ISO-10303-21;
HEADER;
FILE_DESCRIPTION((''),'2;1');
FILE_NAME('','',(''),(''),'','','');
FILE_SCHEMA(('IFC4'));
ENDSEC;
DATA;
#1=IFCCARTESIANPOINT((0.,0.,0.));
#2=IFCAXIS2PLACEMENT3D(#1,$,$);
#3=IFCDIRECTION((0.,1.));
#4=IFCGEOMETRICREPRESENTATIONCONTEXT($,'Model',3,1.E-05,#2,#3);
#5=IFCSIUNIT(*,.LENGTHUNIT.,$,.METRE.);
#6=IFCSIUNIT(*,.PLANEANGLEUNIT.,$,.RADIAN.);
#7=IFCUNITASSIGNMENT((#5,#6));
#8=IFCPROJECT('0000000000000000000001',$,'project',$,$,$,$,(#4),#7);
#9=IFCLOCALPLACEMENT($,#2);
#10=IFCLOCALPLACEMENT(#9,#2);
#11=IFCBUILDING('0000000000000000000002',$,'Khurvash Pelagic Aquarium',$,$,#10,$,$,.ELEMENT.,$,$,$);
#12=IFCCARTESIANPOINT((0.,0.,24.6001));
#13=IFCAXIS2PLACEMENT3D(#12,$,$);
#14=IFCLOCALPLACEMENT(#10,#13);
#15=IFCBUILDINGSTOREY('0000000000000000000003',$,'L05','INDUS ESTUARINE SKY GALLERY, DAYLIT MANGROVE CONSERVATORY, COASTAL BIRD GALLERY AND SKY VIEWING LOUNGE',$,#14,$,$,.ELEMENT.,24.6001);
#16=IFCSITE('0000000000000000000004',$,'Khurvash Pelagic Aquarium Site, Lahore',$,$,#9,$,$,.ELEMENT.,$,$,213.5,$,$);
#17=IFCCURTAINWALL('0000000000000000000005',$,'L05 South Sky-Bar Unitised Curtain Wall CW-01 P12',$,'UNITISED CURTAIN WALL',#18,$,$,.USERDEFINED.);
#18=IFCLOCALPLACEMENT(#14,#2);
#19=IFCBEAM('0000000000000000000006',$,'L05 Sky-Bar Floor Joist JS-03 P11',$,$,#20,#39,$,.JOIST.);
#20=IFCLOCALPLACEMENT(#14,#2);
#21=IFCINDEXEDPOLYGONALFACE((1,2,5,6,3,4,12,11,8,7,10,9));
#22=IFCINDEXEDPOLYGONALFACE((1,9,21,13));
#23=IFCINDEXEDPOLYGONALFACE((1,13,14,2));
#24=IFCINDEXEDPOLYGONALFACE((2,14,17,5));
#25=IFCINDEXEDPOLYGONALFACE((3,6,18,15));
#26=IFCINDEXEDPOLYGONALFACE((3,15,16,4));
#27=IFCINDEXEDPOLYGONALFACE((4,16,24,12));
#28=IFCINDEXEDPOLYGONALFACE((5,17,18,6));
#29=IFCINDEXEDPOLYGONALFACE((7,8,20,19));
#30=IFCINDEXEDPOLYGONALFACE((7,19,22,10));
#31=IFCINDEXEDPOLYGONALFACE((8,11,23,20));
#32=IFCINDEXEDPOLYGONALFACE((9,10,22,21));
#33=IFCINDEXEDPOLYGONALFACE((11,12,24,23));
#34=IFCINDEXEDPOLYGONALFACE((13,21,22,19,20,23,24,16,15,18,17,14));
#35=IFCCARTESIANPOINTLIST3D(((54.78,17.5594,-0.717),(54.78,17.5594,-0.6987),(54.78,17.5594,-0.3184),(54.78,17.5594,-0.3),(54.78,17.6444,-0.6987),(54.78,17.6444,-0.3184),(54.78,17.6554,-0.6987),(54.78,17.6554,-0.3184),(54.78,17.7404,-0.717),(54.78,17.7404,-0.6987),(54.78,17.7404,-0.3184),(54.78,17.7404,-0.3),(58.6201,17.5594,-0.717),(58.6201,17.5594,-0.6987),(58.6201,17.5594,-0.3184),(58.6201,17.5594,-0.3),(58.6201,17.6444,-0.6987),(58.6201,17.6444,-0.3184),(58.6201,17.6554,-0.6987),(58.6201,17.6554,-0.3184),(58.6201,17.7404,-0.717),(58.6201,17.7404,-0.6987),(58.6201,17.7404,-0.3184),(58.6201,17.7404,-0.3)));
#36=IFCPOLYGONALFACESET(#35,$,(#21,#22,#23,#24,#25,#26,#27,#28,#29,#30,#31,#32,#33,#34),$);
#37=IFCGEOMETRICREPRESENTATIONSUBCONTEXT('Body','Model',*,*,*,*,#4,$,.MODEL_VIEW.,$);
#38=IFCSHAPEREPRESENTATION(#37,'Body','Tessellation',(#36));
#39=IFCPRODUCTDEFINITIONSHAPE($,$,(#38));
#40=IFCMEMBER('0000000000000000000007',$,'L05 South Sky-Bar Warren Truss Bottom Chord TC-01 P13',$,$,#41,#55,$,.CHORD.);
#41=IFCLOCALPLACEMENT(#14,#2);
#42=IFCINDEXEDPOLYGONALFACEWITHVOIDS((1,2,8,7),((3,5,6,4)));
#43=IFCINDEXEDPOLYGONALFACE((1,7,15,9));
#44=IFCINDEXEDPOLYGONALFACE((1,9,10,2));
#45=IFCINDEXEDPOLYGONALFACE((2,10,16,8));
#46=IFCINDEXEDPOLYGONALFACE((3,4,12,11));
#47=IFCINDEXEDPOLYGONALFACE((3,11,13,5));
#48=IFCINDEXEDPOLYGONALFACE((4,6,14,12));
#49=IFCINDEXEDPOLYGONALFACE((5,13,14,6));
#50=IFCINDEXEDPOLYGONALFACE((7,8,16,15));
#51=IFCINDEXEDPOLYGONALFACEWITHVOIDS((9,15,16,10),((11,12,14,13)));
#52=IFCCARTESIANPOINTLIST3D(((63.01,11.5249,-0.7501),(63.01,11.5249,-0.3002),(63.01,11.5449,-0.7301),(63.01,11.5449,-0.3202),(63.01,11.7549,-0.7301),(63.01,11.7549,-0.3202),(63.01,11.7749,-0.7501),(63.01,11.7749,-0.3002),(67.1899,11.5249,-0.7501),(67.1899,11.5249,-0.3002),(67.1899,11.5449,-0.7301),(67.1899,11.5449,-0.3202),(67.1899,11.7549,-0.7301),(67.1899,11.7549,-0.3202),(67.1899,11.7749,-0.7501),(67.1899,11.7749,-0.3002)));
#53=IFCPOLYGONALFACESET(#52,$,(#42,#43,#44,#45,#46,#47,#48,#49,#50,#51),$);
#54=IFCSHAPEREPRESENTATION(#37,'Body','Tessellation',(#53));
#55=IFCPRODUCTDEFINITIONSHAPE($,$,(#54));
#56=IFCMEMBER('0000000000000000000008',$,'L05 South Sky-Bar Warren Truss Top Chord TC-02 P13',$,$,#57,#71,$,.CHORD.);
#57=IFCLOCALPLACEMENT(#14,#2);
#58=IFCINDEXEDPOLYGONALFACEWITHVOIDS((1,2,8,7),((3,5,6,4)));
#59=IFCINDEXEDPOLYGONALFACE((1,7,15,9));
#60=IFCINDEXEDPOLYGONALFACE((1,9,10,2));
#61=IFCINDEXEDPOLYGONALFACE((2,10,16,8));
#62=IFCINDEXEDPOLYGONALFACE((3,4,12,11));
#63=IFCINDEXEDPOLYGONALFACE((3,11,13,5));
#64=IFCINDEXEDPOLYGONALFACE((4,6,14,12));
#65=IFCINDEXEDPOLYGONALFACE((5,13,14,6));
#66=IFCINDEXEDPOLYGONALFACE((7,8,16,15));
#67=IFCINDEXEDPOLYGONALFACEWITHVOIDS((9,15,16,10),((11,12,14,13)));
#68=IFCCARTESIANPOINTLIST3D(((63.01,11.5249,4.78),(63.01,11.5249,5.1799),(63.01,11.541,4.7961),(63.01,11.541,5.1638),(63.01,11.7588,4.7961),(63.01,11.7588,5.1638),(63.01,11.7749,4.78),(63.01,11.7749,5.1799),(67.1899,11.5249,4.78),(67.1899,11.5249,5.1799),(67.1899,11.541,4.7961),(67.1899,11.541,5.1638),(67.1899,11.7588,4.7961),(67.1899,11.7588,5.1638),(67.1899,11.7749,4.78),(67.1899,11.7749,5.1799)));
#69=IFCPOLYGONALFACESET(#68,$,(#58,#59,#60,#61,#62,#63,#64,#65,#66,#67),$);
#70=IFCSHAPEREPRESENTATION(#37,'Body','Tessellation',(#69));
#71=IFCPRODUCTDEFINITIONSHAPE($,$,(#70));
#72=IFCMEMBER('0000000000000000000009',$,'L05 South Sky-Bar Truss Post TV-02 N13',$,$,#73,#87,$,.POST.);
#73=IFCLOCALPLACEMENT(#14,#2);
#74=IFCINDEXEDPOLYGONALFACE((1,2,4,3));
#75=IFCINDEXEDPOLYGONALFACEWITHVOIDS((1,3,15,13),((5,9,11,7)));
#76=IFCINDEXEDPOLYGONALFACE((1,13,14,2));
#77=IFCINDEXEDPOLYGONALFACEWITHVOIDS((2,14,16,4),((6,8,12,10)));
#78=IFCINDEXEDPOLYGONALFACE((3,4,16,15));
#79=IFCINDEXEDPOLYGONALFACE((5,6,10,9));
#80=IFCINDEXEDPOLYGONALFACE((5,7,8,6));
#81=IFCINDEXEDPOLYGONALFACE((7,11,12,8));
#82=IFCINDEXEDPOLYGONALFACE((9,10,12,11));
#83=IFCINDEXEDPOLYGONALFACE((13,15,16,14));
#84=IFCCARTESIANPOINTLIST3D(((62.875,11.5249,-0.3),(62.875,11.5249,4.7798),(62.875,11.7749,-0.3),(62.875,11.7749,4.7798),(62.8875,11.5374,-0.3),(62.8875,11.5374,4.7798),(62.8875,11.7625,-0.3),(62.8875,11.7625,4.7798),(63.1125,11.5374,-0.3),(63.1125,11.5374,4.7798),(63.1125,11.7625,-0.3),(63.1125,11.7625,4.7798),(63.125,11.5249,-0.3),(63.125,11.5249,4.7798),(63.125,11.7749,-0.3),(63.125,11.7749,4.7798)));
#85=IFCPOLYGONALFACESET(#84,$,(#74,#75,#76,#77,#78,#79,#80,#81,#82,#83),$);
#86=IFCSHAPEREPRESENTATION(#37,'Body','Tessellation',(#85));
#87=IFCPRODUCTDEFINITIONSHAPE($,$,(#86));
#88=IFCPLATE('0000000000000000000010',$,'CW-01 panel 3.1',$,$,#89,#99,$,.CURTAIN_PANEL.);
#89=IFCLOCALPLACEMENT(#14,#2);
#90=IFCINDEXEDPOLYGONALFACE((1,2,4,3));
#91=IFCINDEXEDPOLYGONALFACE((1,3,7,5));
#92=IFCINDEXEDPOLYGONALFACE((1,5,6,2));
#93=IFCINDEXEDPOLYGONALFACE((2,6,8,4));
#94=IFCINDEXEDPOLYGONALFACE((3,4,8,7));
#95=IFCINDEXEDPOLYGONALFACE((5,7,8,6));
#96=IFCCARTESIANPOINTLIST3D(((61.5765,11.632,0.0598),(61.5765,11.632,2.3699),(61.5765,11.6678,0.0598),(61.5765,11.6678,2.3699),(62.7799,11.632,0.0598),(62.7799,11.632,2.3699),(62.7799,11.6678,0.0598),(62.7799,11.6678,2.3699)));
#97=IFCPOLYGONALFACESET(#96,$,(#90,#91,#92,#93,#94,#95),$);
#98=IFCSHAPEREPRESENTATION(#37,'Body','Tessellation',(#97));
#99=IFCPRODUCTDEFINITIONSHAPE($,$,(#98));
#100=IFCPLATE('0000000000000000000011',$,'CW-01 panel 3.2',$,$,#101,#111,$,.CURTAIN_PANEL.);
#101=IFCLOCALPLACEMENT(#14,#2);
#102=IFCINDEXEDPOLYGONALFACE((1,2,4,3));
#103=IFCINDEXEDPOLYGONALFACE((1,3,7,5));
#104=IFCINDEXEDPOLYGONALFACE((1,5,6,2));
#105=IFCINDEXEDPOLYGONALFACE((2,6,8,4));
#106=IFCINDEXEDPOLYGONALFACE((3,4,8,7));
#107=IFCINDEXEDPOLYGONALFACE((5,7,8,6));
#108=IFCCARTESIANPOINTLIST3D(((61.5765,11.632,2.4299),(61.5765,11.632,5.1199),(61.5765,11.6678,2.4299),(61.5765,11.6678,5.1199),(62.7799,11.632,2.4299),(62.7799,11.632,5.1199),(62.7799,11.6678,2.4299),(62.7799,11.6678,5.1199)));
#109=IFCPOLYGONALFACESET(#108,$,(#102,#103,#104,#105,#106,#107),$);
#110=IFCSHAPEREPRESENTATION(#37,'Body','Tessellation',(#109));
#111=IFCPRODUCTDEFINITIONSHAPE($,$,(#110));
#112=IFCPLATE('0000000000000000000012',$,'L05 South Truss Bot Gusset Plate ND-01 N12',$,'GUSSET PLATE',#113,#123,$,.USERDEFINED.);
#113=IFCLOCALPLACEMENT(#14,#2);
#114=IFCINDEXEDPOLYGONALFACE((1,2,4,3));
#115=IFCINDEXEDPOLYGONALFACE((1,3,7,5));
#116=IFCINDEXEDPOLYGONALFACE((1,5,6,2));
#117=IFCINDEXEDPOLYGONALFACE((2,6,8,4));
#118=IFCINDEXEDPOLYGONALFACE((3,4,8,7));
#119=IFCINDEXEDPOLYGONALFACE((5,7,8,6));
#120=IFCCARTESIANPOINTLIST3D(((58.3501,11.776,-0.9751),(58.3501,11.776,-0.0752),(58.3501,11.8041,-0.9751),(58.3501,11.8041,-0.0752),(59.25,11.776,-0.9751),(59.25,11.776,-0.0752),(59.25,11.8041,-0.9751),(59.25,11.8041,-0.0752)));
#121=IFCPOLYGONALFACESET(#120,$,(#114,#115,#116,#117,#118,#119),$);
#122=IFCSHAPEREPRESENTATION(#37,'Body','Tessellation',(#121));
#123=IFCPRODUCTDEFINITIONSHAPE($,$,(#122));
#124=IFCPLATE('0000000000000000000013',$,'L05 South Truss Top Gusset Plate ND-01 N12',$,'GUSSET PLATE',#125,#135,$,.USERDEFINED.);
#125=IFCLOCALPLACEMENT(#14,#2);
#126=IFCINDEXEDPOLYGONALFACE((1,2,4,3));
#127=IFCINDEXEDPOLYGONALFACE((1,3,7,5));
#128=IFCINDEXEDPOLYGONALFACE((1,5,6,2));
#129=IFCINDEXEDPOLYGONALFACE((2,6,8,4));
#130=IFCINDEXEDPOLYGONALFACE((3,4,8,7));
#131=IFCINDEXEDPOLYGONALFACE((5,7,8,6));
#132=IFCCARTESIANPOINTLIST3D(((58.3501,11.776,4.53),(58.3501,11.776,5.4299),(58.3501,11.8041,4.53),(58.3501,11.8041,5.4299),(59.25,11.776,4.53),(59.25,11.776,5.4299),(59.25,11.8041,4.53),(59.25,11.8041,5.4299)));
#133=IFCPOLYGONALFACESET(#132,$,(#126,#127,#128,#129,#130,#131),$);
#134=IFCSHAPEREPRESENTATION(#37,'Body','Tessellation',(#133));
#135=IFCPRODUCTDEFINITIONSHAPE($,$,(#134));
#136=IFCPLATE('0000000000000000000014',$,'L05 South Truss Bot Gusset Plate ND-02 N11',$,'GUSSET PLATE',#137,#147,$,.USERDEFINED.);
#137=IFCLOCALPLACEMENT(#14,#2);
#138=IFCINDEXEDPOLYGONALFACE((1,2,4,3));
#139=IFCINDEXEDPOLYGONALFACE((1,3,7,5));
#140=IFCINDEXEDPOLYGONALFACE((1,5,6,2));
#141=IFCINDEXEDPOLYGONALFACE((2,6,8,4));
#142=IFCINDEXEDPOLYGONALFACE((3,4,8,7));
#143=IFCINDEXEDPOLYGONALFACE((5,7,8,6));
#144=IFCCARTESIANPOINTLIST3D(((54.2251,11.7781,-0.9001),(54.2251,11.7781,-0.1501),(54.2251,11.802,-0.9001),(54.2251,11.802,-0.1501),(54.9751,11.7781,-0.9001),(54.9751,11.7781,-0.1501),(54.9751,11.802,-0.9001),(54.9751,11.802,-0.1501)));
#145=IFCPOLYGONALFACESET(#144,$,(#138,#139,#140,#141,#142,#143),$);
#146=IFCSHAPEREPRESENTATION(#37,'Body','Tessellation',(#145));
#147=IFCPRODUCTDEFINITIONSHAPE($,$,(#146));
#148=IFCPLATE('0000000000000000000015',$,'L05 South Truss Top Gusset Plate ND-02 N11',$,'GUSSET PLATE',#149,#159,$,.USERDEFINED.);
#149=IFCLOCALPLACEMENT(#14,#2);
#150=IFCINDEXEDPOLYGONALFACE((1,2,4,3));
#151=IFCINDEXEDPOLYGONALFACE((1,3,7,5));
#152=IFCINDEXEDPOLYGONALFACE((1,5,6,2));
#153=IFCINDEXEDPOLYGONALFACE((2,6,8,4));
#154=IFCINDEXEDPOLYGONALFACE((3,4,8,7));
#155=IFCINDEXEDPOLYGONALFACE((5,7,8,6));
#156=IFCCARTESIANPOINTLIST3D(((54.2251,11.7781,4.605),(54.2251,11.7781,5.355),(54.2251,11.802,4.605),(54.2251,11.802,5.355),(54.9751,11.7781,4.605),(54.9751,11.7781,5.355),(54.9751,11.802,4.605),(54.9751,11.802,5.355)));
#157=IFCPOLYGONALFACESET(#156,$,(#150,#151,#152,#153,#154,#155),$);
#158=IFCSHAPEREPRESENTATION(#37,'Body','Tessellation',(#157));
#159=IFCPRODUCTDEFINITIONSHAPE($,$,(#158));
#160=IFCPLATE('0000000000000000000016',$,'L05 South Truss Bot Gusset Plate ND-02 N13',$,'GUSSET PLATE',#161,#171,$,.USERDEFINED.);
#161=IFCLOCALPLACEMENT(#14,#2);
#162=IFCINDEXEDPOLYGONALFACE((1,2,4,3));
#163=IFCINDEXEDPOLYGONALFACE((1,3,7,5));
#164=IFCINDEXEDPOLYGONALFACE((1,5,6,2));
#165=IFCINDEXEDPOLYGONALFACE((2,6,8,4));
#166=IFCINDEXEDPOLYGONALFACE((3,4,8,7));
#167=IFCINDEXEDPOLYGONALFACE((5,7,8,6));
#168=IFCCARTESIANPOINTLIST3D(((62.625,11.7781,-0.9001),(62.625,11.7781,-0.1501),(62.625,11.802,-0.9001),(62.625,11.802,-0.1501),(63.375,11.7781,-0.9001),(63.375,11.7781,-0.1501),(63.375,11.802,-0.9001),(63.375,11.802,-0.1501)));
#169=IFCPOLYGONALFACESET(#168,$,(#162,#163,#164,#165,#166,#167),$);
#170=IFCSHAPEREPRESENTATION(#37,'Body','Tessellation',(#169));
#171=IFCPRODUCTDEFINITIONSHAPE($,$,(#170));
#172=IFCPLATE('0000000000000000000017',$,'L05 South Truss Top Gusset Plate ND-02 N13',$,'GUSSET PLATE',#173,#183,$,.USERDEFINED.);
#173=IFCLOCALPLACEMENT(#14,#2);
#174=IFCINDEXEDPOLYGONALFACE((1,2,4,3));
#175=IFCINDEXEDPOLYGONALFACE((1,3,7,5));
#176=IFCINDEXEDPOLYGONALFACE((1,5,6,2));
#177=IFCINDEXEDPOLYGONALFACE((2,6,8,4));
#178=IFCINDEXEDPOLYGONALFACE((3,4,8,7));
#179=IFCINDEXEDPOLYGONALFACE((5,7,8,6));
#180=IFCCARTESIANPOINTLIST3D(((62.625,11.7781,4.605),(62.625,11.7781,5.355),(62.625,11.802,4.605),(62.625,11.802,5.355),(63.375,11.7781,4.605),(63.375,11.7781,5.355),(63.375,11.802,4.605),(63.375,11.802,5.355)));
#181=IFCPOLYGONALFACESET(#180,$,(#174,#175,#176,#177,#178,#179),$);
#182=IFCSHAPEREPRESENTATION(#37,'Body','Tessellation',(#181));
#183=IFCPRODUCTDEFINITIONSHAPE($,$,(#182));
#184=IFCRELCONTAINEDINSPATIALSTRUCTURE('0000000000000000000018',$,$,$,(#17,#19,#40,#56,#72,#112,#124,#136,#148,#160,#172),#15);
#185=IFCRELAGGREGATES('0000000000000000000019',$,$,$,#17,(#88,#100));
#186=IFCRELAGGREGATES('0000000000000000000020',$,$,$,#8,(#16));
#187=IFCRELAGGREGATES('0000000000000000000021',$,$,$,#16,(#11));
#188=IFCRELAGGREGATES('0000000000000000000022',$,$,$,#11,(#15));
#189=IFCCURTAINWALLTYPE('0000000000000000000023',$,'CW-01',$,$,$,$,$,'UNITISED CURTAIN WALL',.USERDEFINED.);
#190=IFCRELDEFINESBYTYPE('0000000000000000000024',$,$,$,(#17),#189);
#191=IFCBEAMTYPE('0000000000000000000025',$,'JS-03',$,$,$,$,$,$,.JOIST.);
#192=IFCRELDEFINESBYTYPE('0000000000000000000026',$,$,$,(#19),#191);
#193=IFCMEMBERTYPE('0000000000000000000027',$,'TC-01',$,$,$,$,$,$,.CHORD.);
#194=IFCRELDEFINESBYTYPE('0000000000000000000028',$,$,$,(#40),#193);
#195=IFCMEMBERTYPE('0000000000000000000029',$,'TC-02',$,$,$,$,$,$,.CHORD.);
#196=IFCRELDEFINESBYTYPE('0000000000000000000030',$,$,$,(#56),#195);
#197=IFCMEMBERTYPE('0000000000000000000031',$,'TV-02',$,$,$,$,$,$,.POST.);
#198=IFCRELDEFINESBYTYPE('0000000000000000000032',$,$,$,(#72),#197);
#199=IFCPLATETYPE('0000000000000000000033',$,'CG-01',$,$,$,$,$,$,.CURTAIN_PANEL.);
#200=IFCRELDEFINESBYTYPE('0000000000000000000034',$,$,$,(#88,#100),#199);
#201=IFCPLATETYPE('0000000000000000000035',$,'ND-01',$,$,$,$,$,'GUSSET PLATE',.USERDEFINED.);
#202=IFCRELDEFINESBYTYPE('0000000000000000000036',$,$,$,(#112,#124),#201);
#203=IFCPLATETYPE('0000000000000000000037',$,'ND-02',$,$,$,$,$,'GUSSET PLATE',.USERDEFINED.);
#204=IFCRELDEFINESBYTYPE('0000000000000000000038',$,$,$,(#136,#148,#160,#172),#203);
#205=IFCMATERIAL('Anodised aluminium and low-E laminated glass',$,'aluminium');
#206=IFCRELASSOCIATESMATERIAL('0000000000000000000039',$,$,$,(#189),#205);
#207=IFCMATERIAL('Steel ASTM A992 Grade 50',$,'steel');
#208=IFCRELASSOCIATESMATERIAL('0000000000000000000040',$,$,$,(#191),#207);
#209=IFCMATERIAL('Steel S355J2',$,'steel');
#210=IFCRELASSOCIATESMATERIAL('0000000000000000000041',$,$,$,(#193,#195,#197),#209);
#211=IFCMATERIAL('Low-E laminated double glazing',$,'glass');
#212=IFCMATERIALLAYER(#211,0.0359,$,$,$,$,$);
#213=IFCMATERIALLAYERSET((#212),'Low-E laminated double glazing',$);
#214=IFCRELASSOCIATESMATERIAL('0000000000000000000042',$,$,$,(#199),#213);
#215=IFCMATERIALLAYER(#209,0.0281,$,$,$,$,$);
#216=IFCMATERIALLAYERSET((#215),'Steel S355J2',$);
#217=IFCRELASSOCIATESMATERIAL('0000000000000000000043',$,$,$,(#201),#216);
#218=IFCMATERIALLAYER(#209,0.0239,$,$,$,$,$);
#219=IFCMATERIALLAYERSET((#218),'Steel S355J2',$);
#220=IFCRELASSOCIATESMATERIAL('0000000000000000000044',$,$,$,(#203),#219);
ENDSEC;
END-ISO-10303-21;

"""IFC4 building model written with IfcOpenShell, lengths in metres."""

from ifc_helpers import new_model, si_unit, direction, frame, origin, origin_2d, place, context, subcontext, project, spatial, rectangle, hollow_rectangle, i_section, extrude, material, layer, layer_set, material_profile, profile_set, type_object, element, aggregate, save


model = new_model("IFC4")

# Units and contexts
model_context = context("Model", 3, precision=1e-05, world=origin(), true_north=direction((0.0, 1.0)))
body_context = subcontext(model_context, "Body", "Model", "MODEL_VIEW")
ifc_project = project(units=[si_unit("LENGTHUNIT", "METRE"), si_unit("PLANEANGLEUNIT", "RADIAN")], contexts=[model_context])

# Site, building, storey
site_placement = place(None, origin())
site = spatial("IfcSite", under=ifc_project, at=site_placement, Name="Khurvash Pelagic Aquarium Site, Lahore", CompositionType="ELEMENT", RefElevation=213.5)
building_placement = place(site_placement, origin())
building = spatial("IfcBuilding", under=site, at=building_placement, Name="Khurvash Pelagic Aquarium", CompositionType="ELEMENT")
storey_placement = place(building_placement, frame((0.0, 0.0, 24.6001)))
storey = spatial("IfcBuildingStorey", under=building, at=storey_placement, Name="L05", Description="INDUS ESTUARINE SKY GALLERY, DAYLIT MANGROVE CONSERVATORY, COASTAL BIRD GALLERY AND SKY VIEWING LOUNGE", CompositionType="ELEMENT", Elevation=24.6001)

# Shared definitions
ifc_material_1 = material(Name="Steel ASTM A992 Grade 50", Category="steel")

# Curtain wall
ifc_material_2 = material(Name="Anodised aluminium and low-E laminated glass", Category="aluminium")
curtain_wall_type = type_object("IfcCurtainWallType", Name="CW-01", ElementType="UNITISED CURTAIN WALL", PredefinedType="USERDEFINED", material=ifc_material_2)
curtain_wall_placement = place(storey_placement, origin())
curtain_wall = element("IfcCurtainWall", 1, at=curtain_wall_placement, inside=storey, type_object=curtain_wall_type, Name="L05 South Sky-Bar Unitised Curtain Wall CW-01 P12", ObjectType="UNITISED CURTAIN WALL", PredefinedType="USERDEFINED")

# Beam
ifc_material_profile_1 = material_profile(ifc_material_1, i_section(OverallWidth=0.1809, OverallDepth=0.417, WebThickness=0.011, FlangeThickness=0.0183, at=origin_2d()), Name="W16X57")
ifc_profile_set_1 = profile_set([ifc_material_profile_1], Name="Steel ASTM A992 Grade 50")
beam_type_1 = type_object("IfcBeamType", Name="JS-03", PredefinedType="JOIST", material=ifc_profile_set_1)
for number, where, z_axis, x_axis, name in (
    (2, (54.78, 17.6499, -0.5085), (1.0, 0.0, 0.0), (0.0, 1.0, 0.0), "L05 Sky-Bar Floor Joist JS-03 P11"),
):
    element("IfcBeam", number, at=place(storey_placement, frame(where, z_axis=z_axis, x_axis=x_axis)), inside=storey, type_object=beam_type_1, Name=name, PredefinedType="JOIST", context=body_context, shape_type="SweptSolid", body=[
        extrude(i_section(OverallWidth=0.1809, OverallDepth=0.417, WebThickness=0.011, FlangeThickness=0.0183, at=origin_2d()), origin(), (0.0, 0.0, 1.0), 3.8401),
    ])

# Members
ifc_material_3 = material(Name="Steel S355J2", Category="steel")
ifc_material_profile_2 = material_profile(ifc_material_3, hollow_rectangle(XDim=0.25, YDim=0.45, WallThickness=0.02, at=origin_2d()), Name="RHS450X250X20")
ifc_profile_set_2 = profile_set([ifc_material_profile_2], Name="Steel S355J2")
member_type_1 = type_object("IfcMemberType", Name="TC-01", PredefinedType="CHORD", material=ifc_profile_set_2)
member_1_placement = place(storey_placement, frame((63.01, 11.6499, -0.5251), z_axis=(1.0, 0.0, 0.0), x_axis=(0.0, 1.0, 0.0)))
element("IfcMember", 3, at=member_1_placement, inside=storey, type_object=member_type_1, Name="L05 South Sky-Bar Warren Truss Bottom Chord TC-01 P13", PredefinedType="CHORD", context=body_context, shape_type="SweptSolid", body=[
    extrude(hollow_rectangle(XDim=0.25, YDim=0.45, WallThickness=0.02, at=origin_2d()), origin(), (0.0, 0.0, 1.0), 4.1799),
])
ifc_material_profile_3 = material_profile(ifc_material_3, hollow_rectangle(XDim=0.25, YDim=0.3999, WallThickness=0.0161, at=origin_2d()), Name="RHS400X250X16")
ifc_profile_set_3 = profile_set([ifc_material_profile_3], Name="Steel S355J2")
member_type_2 = type_object("IfcMemberType", Name="TC-02", PredefinedType="CHORD", material=ifc_profile_set_3)
member_2_placement = place(storey_placement, frame((63.01, 11.6499, 4.98), z_axis=(1.0, 0.0, 0.0), x_axis=(0.0, 1.0, 0.0)))
element("IfcMember", 4, at=member_2_placement, inside=storey, type_object=member_type_2, Name="L05 South Sky-Bar Warren Truss Top Chord TC-02 P13", PredefinedType="CHORD", context=body_context, shape_type="SweptSolid", body=[
    extrude(hollow_rectangle(XDim=0.25, YDim=0.3999, WallThickness=0.0161, at=origin_2d()), origin(), (0.0, 0.0, 1.0), 4.1799),
])
ifc_material_profile_4 = material_profile(ifc_material_3, hollow_rectangle(XDim=0.25, YDim=0.25, WallThickness=0.0125, at=origin_2d()), Name="SHS250X250X12")
ifc_profile_set_4 = profile_set([ifc_material_profile_4], Name="Steel S355J2")
member_type_3 = type_object("IfcMemberType", Name="TV-02", PredefinedType="POST", material=ifc_profile_set_4)
member_3_placement = place(storey_placement, frame((63.0, 11.6499, -0.3), z_axis=(0.0, 0.0, 1.0), x_axis=(1.0, 0.0, 0.0)))
element("IfcMember", 5, at=member_3_placement, inside=storey, type_object=member_type_3, Name="L05 South Sky-Bar Truss Post TV-02 N13", PredefinedType="POST", context=body_context, shape_type="SweptSolid", body=[
    extrude(hollow_rectangle(XDim=0.25, YDim=0.25, WallThickness=0.0125, at=origin_2d()), origin(), (0.0, 0.0, 1.0), 5.0798),
])

# Plates
ifc_material_4 = material(Name="Low-E laminated double glazing", Category="glass")
ifc_layer_1 = layer(ifc_material_4, 0.0359)
ifc_layer_set_1 = layer_set([ifc_layer_1], Name="Low-E laminated double glazing")
plate_type_1 = type_object("IfcPlateType", Name="CG-01", PredefinedType="CURTAIN_PANEL", material=ifc_layer_set_1)
plate_1_placement = place(storey_placement, frame((62.1782, 11.6499, 0.0598), z_axis=(0.0, 0.0, 1.0), x_axis=(1.0, 0.0, 0.0)))
plate_1 = element("IfcPlate", 6, at=plate_1_placement, type_object=plate_type_1, Name="CW-01 panel 3.1", PredefinedType="CURTAIN_PANEL", context=body_context, shape_type="SweptSolid", body=[
    extrude(rectangle(XDim=1.2034, YDim=0.0359, at=origin_2d()), origin(), (0.0, 0.0, 1.0), 2.3101),
])
plate_2_placement = place(storey_placement, frame((62.1782, 11.6499, 2.4299), z_axis=(0.0, 0.0, 1.0), x_axis=(1.0, 0.0, 0.0)))
plate_2 = element("IfcPlate", 7, at=plate_2_placement, type_object=plate_type_1, Name="CW-01 panel 3.2", PredefinedType="CURTAIN_PANEL", context=body_context, shape_type="SweptSolid", body=[
    extrude(rectangle(XDim=1.2034, YDim=0.0359, at=origin_2d()), origin(), (0.0, 0.0, 1.0), 2.6899),
])
aggregate(curtain_wall, [plate_1, plate_2])

# Plates
ifc_layer_2 = layer(ifc_material_3, 0.0281)
ifc_layer_set_2 = layer_set([ifc_layer_2], Name="Steel S355J2")
plate_type_2 = type_object("IfcPlateType", Name="ND-01", ElementType="GUSSET PLATE", PredefinedType="USERDEFINED", material=ifc_layer_set_2)
for number, where, z_axis, x_axis, name in (
    (8, (58.8, 11.79, -0.9751), (0.0, 0.0, 1.0), (1.0, 0.0, 0.0), "L05 South Truss Bot Gusset Plate ND-01 N12"),
    (9, (58.8, 11.79, 4.53), (0.0, 0.0, 1.0), (1.0, 0.0, 0.0), "L05 South Truss Top Gusset Plate ND-01 N12"),
):
    element("IfcPlate", number, at=place(storey_placement, frame(where, z_axis=z_axis, x_axis=x_axis)), inside=storey, type_object=plate_type_2, Name=name, ObjectType="GUSSET PLATE", PredefinedType="USERDEFINED", context=body_context, shape_type="SweptSolid", body=[
        extrude(rectangle(XDim=0.8999, YDim=0.0281, at=origin_2d()), origin(), (0.0, 0.0, 1.0), 0.8999),
    ])
ifc_layer_3 = layer(ifc_material_3, 0.0239)
ifc_layer_set_3 = layer_set([ifc_layer_3], Name="Steel S355J2")
plate_type_3 = type_object("IfcPlateType", Name="ND-02", ElementType="GUSSET PLATE", PredefinedType="USERDEFINED", material=ifc_layer_set_3)
for number, where, z_axis, x_axis, name in (
    (10, (54.6001, 11.79, -0.9001), (0.0, 0.0, 1.0), (1.0, 0.0, 0.0), "L05 South Truss Bot Gusset Plate ND-02 N11"),
    (11, (54.6001, 11.79, 4.605), (0.0, 0.0, 1.0), (1.0, 0.0, 0.0), "L05 South Truss Top Gusset Plate ND-02 N11"),
    (12, (63.0, 11.79, -0.9001), (0.0, 0.0, 1.0), (1.0, 0.0, 0.0), "L05 South Truss Bot Gusset Plate ND-02 N13"),
    (13, (63.0, 11.79, 4.605), (0.0, 0.0, 1.0), (1.0, 0.0, 0.0), "L05 South Truss Top Gusset Plate ND-02 N13"),
):
    element("IfcPlate", number, at=place(storey_placement, frame(where, z_axis=z_axis, x_axis=x_axis)), inside=storey, type_object=plate_type_3, Name=name, ObjectType="GUSSET PLATE", PredefinedType="USERDEFINED", context=body_context, shape_type="SweptSolid", body=[
        extrude(rectangle(XDim=0.75, YDim=0.0239, at=origin_2d()), origin(), (0.0, 0.0, 1.0), 0.75),
    ])

save(model, "model.ifc")
